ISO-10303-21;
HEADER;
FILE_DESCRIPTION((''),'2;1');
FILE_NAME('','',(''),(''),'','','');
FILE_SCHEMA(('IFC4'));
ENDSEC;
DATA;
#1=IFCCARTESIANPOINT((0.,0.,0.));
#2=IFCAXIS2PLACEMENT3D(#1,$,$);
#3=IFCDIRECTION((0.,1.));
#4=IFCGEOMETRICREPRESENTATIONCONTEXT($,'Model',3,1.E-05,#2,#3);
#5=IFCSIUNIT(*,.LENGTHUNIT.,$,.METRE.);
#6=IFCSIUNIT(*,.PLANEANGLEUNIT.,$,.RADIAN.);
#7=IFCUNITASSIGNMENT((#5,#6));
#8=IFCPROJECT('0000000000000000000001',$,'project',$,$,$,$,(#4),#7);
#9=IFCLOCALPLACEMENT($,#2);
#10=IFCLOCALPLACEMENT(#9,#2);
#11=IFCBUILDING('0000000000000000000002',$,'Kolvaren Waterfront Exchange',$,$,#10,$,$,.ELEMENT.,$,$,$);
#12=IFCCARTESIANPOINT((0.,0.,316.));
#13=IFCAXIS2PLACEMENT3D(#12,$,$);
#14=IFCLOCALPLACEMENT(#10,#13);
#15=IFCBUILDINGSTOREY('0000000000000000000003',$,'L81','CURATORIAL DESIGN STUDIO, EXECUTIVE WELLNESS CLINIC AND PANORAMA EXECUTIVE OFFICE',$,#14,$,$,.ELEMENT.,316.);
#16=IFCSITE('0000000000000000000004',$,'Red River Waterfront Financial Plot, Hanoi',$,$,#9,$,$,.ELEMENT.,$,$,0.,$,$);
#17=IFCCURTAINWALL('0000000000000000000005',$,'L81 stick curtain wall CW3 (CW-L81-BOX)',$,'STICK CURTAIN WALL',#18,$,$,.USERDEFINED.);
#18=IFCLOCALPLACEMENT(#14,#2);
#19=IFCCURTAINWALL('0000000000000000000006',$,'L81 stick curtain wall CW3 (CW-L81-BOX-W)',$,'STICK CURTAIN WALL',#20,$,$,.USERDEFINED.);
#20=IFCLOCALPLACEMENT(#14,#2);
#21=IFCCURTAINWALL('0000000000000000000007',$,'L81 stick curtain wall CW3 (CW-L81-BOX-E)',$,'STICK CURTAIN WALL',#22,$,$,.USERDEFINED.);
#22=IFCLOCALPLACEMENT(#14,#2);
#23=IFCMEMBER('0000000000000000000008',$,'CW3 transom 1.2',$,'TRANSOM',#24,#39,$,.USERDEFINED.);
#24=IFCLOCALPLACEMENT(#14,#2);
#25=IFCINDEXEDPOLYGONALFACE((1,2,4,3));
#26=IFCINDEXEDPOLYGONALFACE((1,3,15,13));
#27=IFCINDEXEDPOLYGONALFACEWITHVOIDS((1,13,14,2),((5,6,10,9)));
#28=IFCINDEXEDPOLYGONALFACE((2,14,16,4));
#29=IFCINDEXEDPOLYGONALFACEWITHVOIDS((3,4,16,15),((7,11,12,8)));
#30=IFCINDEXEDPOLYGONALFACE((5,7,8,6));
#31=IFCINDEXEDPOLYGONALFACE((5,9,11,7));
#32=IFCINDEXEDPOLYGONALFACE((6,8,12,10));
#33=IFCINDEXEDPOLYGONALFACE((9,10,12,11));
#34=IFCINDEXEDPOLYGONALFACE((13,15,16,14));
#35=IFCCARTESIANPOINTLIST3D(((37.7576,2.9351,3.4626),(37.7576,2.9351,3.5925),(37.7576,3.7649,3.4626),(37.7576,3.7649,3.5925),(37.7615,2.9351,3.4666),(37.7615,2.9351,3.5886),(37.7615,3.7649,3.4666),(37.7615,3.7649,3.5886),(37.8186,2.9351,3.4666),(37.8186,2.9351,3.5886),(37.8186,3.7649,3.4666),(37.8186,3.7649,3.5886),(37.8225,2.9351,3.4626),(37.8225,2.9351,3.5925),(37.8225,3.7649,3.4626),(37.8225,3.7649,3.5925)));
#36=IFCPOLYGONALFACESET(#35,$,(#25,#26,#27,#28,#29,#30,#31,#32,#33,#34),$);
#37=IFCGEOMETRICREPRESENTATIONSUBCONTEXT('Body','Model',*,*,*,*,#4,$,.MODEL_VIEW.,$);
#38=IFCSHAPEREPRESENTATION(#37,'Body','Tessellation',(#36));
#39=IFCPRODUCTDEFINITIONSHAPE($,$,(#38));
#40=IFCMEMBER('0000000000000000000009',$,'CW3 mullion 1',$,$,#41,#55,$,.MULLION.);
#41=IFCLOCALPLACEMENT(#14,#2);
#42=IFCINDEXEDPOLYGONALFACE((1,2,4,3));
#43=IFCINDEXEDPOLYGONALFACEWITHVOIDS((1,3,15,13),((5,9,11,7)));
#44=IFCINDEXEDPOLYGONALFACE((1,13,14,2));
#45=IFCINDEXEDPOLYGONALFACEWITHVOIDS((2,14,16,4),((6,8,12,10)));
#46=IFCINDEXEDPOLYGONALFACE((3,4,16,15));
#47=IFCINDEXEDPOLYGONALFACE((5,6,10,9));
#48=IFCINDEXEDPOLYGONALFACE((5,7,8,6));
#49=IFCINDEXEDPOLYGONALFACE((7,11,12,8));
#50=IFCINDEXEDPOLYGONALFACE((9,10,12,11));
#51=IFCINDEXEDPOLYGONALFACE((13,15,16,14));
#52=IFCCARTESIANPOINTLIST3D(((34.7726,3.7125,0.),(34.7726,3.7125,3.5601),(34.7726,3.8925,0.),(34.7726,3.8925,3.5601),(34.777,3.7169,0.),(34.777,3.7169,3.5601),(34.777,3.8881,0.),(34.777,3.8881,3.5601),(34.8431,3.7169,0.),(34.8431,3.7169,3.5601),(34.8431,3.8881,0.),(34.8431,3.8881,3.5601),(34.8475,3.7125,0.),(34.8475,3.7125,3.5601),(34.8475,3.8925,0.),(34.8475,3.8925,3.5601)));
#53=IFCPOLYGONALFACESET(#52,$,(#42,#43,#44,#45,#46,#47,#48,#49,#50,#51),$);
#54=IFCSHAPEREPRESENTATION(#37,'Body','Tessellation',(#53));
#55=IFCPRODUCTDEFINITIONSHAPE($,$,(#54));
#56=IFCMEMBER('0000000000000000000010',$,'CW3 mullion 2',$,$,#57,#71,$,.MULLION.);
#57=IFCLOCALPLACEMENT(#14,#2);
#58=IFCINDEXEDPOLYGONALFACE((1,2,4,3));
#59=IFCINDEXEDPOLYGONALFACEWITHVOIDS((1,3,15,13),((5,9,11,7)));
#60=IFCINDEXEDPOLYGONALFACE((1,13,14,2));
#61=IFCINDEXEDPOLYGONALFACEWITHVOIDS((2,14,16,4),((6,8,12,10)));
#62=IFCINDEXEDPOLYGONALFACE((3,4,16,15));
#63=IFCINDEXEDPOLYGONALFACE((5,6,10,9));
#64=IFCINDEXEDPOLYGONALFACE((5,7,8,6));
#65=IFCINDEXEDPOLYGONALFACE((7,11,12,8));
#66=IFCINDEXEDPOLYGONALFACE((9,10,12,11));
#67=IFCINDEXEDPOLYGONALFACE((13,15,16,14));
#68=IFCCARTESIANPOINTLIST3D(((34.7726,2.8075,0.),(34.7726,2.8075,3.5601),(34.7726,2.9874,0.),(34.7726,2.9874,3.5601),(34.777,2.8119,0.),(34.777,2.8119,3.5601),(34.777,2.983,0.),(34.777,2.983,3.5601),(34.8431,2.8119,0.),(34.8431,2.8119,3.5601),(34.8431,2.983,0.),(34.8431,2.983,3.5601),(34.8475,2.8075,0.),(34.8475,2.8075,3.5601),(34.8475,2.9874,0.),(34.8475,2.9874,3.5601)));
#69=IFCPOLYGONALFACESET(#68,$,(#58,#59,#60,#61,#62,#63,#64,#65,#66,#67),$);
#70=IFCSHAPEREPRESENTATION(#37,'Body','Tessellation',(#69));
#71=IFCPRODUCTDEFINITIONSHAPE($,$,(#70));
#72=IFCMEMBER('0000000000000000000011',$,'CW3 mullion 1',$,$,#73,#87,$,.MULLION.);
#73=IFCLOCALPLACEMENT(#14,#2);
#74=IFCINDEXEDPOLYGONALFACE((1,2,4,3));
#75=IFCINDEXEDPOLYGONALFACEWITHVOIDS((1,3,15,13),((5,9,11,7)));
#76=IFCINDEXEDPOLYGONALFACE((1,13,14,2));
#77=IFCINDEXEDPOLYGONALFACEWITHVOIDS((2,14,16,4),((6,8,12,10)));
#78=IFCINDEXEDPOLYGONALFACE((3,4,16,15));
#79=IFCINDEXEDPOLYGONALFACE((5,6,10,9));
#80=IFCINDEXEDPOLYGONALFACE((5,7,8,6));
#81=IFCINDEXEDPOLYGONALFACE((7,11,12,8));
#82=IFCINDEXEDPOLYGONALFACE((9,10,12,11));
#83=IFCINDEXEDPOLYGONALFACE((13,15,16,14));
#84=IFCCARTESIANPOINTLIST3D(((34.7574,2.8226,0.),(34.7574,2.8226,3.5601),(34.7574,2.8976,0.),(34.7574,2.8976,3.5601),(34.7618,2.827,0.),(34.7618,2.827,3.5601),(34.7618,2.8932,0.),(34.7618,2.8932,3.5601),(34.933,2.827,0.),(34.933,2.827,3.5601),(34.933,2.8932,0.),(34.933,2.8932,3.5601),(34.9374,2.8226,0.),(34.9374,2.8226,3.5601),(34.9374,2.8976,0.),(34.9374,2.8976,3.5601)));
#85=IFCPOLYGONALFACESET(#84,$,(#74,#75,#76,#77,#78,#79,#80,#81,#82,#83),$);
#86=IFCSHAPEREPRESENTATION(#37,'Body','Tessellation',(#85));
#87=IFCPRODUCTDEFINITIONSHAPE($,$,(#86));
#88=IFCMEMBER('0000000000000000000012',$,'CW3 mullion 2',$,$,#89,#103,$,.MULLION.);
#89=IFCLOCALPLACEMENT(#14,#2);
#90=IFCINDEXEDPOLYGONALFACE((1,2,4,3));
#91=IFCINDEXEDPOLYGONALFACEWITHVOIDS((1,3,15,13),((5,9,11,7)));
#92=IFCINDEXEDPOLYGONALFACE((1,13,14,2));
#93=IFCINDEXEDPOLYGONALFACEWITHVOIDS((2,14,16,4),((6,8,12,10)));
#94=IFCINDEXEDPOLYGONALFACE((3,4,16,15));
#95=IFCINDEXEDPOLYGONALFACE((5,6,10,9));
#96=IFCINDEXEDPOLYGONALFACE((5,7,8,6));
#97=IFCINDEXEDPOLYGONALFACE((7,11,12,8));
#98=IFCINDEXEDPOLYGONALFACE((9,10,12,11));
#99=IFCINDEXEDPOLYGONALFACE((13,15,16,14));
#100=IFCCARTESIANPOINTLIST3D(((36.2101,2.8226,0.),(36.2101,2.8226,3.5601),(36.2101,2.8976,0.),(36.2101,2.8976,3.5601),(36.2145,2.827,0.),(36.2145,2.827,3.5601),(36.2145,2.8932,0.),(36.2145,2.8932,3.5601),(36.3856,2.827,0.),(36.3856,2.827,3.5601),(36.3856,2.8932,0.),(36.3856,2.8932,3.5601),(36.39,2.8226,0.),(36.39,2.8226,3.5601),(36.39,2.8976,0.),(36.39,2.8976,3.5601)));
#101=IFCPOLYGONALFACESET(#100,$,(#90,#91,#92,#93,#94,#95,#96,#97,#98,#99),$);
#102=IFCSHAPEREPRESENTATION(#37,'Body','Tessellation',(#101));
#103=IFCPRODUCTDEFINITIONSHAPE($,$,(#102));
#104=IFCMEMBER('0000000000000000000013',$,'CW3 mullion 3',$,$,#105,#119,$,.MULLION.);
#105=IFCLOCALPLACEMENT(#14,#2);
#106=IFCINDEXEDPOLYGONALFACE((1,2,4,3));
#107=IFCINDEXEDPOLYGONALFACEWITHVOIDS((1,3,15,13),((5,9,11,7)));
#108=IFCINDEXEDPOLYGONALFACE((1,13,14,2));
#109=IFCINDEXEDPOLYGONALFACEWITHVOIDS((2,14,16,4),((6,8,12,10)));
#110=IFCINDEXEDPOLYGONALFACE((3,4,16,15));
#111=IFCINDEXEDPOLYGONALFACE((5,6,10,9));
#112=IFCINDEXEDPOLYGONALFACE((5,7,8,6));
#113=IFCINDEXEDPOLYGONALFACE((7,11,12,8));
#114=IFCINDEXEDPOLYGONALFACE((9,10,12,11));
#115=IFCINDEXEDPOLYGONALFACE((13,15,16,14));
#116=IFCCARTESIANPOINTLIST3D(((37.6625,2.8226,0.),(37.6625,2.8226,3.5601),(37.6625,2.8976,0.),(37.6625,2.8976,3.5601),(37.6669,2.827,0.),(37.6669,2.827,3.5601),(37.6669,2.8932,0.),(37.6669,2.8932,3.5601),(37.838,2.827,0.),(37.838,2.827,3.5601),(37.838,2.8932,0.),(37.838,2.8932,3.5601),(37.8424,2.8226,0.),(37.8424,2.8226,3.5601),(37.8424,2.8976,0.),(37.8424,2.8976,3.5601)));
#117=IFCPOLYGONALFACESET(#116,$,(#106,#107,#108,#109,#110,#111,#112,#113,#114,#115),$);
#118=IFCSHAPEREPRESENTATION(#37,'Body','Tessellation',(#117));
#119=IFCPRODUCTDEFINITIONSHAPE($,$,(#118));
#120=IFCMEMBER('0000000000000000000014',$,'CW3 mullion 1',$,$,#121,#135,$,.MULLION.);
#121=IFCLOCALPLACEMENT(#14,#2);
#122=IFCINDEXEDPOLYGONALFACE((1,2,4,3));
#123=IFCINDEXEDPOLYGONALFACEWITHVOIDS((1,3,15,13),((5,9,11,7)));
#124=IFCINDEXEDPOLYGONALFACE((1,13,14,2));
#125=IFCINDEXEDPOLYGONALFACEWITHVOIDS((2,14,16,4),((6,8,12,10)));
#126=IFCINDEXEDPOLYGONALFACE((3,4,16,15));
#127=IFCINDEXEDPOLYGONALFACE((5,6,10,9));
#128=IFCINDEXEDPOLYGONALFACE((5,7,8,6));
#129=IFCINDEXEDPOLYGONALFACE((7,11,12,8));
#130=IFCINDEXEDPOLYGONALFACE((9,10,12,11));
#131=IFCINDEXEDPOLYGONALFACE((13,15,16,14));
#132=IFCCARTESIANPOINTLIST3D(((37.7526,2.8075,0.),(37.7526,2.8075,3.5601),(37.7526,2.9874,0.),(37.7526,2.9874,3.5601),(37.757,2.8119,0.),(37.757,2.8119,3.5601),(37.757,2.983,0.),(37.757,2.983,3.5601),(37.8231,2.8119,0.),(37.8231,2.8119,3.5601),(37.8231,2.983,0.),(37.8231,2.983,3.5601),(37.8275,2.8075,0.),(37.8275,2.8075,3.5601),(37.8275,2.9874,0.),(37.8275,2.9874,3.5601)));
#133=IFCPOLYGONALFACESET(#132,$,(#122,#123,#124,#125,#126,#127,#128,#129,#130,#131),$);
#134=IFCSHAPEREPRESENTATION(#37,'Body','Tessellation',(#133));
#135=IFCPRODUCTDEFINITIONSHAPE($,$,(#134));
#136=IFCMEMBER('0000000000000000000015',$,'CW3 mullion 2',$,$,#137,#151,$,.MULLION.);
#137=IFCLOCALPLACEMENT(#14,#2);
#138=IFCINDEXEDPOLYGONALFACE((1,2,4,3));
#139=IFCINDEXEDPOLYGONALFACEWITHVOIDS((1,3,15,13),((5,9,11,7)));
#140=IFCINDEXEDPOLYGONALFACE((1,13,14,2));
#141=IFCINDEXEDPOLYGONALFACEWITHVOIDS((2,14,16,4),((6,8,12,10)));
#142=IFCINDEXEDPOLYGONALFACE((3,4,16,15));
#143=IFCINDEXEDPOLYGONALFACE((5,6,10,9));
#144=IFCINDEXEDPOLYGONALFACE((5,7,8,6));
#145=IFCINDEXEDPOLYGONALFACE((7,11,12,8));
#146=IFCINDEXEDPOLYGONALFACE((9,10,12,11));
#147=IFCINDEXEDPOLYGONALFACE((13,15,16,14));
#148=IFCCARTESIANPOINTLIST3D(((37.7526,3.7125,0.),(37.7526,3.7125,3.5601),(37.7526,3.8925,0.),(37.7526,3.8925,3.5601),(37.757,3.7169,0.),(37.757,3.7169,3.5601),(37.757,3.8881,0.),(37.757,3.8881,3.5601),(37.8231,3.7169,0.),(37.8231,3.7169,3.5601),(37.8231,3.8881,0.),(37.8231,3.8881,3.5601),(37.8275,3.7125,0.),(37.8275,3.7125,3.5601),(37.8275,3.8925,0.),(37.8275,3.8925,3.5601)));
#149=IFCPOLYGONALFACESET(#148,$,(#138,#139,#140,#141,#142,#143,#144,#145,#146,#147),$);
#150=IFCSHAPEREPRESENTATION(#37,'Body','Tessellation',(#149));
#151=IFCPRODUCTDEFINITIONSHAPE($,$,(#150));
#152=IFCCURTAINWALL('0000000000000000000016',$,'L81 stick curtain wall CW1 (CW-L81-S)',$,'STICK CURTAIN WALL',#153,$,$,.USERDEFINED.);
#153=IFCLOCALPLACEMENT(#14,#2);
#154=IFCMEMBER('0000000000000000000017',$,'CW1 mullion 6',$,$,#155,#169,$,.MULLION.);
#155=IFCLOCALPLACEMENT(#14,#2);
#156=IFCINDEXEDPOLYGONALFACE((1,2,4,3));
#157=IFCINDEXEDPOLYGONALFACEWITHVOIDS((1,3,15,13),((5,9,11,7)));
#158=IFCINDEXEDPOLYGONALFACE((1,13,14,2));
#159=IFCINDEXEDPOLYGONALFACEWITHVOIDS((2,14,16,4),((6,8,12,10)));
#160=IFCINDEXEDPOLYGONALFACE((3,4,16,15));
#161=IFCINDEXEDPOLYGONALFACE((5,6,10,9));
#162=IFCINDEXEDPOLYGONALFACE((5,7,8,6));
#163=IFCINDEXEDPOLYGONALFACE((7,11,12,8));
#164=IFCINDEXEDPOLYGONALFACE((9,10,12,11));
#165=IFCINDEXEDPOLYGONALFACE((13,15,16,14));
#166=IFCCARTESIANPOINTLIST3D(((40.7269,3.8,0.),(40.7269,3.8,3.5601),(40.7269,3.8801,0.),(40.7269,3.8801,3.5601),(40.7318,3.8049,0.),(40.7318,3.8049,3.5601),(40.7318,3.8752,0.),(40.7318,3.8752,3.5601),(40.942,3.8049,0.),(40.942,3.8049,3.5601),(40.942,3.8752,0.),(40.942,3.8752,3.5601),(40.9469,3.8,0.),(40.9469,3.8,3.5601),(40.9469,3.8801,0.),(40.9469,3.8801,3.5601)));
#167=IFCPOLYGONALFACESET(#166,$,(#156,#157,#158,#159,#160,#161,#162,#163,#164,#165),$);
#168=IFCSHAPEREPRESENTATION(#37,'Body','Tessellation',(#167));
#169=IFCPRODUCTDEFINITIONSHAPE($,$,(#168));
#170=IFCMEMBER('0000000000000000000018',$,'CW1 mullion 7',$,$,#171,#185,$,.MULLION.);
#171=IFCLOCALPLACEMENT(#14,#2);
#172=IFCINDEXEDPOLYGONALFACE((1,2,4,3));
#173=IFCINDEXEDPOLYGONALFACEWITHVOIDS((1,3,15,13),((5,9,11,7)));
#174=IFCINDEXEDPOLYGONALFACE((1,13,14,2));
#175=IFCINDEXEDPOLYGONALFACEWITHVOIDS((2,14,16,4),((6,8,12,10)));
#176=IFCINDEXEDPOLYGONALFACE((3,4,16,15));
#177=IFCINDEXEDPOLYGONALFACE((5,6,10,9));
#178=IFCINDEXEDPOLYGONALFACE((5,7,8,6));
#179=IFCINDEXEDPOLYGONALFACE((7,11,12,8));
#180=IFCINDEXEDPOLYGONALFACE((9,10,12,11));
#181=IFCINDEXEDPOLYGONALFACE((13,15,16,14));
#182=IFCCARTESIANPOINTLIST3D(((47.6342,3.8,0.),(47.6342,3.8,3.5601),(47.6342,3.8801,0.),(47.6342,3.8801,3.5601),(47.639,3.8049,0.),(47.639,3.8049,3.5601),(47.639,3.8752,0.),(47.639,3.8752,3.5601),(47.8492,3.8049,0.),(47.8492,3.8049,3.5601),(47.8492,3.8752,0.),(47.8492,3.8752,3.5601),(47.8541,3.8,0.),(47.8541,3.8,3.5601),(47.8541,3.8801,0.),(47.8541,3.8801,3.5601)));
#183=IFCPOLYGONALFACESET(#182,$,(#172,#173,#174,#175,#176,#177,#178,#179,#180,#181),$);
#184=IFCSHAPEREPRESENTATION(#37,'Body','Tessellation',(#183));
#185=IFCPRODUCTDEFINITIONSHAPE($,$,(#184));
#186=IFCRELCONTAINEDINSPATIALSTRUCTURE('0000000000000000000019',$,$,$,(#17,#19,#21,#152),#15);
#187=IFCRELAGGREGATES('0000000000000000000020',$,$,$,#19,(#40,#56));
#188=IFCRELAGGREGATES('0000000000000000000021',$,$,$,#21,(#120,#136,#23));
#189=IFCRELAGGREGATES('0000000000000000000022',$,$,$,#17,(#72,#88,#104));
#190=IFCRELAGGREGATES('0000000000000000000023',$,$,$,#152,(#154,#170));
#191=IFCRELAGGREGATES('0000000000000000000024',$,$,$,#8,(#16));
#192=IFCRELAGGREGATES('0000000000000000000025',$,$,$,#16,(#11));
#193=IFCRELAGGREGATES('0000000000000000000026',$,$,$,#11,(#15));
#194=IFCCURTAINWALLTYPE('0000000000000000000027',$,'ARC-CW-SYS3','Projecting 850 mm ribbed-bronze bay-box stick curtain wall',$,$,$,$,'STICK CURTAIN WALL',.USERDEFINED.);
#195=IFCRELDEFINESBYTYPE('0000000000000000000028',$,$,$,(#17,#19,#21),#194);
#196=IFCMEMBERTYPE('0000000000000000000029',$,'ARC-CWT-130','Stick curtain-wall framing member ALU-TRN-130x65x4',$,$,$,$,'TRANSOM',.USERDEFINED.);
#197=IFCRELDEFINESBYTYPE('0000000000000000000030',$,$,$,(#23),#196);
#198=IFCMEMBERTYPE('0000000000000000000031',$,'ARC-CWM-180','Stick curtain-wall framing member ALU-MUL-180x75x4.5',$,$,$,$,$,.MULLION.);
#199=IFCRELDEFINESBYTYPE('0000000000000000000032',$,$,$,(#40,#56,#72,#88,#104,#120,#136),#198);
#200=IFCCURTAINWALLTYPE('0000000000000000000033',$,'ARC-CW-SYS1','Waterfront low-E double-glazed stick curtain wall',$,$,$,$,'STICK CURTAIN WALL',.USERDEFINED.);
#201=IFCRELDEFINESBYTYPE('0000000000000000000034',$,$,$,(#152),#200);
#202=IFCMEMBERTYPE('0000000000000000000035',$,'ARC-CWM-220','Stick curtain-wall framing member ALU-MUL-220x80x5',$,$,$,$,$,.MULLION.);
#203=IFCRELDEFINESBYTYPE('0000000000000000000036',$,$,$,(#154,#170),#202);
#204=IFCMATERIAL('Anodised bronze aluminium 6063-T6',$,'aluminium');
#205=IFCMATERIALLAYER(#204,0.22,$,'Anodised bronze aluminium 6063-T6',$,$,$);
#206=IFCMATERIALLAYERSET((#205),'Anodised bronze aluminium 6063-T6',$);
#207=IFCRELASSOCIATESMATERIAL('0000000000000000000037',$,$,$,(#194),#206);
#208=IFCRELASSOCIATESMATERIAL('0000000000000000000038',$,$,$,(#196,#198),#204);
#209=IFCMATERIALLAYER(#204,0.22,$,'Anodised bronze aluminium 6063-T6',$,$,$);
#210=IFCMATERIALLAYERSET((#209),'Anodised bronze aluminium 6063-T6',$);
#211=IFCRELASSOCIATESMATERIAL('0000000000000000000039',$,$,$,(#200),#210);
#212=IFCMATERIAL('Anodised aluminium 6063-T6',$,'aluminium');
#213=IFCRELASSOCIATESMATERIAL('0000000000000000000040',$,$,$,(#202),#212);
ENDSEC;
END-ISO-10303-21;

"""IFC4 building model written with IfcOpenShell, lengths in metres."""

from ifc_helpers import new_model, si_unit, direction, frame, origin, origin_with_axes, origin_2d, place, context, subcontext, project, spatial, hollow_rectangle, extrude, source, transform, mapped, material, layer, layer_set, material_profile, profile_set, type_object, element, aggregate, save


model = new_model("IFC4")

# Units and contexts
model_context = context("Model", 3, precision=1e-05, world=origin(), true_north=direction((0.0, 1.0)))
body_context = subcontext(model_context, "Body", "Model", "MODEL_VIEW")
ifc_project = project(units=[si_unit("LENGTHUNIT", "METRE"), si_unit("PLANEANGLEUNIT", "RADIAN")], contexts=[model_context])

# Site, building, storey
site_placement = place(None, origin())
site = spatial("IfcSite", under=ifc_project, at=site_placement, Name="Red River Waterfront Financial Plot, Hanoi", CompositionType="ELEMENT", RefElevation=0.0)
building_placement = place(site_placement, origin())
building = spatial("IfcBuilding", under=site, at=building_placement, Name="Kolvaren Waterfront Exchange", CompositionType="ELEMENT")
storey_placement = place(building_placement, frame((0.0, 0.0, 316.0)))
storey = spatial("IfcBuildingStorey", under=building, at=storey_placement, Name="L81", Description="CURATORIAL DESIGN STUDIO, EXECUTIVE WELLNESS CLINIC AND PANORAMA EXECUTIVE OFFICE", CompositionType="ELEMENT", Elevation=316.0)

# Curtain walls, member
ifc_material_1 = material(Name="Anodised bronze aluminium 6063-T6", Category="aluminium")
ifc_layer_1 = layer(ifc_material_1, 0.22, Name="Anodised bronze aluminium 6063-T6")
ifc_layer_set_1 = layer_set([ifc_layer_1], Name="Anodised bronze aluminium 6063-T6")
curtain_wall_type_1 = type_object("IfcCurtainWallType", Name="ARC-CW-SYS3", Description="Projecting 850 mm ribbed-bronze bay-box stick curtain wall", ElementType="STICK CURTAIN WALL", PredefinedType="USERDEFINED", material=ifc_layer_set_1)
curtain_wall_1_placement = place(storey_placement, origin())
curtain_wall_1 = element("IfcCurtainWall", 1, at=curtain_wall_1_placement, inside=storey, type_object=curtain_wall_type_1, Name="L81 stick curtain wall CW3 (CW-L81-BOX)", ObjectType="STICK CURTAIN WALL", PredefinedType="USERDEFINED")
ifc_material_profile_1 = material_profile(ifc_material_1, hollow_rectangle(XDim=0.0649, YDim=0.1299, WallThickness=0.0039, at=origin_2d()), Name="ALU-TRN-130x65x4")
ifc_profile_set_1 = profile_set([ifc_material_profile_1], Name="Anodised bronze aluminium 6063-T6")
member_type_1 = type_object("IfcMemberType", Name="ARC-CWT-130", Description="Stick curtain-wall framing member ALU-TRN-130x65x4", ElementType="TRANSOM", PredefinedType="USERDEFINED", material=ifc_profile_set_1)
curtain_wall_2_placement = place(storey_placement, origin())
curtain_wall_2 = element("IfcCurtainWall", 2, at=curtain_wall_2_placement, inside=storey, type_object=curtain_wall_type_1, Name="L81 stick curtain wall CW3 (CW-L81-BOX-W)", ObjectType="STICK CURTAIN WALL", PredefinedType="USERDEFINED")
shared_shape_1 = source(origin_with_axes(), body_context, "Body", "SweptSolid", [
    extrude(hollow_rectangle(XDim=0.0649, YDim=0.1299, WallThickness=0.0039, at=origin_2d()), origin(), (0.0, 0.0, 1.0), 0.8298),
])
curtain_wall_3_placement = place(storey_placement, origin())
curtain_wall_3 = element("IfcCurtainWall", 3, at=curtain_wall_3_placement, inside=storey, type_object=curtain_wall_type_1, Name="L81 stick curtain wall CW3 (CW-L81-BOX-E)", ObjectType="STICK CURTAIN WALL", PredefinedType="USERDEFINED")
member_1_placement = place(storey_placement, frame((37.79, 2.9351, 3.5276), z_axis=(0.0, 1.0, 0.0), x_axis=(-1.0, 0.0, 0.0)))
member_1 = element("IfcMember", 4, at=member_1_placement, type_object=member_type_1, Name="CW3 transom 1.2", ObjectType="TRANSOM", PredefinedType="USERDEFINED", context=body_context, shape_type="MappedRepresentation", body=[
    mapped(shared_shape_1, transform((0.0, 0.0, 0.0), x_axis=(1.0, 0.0, 0.0), y_axis=(0.0, 1.0, 0.0), z_axis=(0.0, 0.0, 1.0), scale=1.0)),
])

# Members
ifc_material_profile_2 = material_profile(ifc_material_1, hollow_rectangle(XDim=0.075, YDim=0.1799, WallThickness=0.0044, at=origin_2d()), Name="ALU-MUL-180x75x4.5")
ifc_profile_set_2 = profile_set([ifc_material_profile_2], Name="Anodised bronze aluminium 6063-T6")
member_type_2 = type_object("IfcMemberType", Name="ARC-CWM-180", Description="Stick curtain-wall framing member ALU-MUL-180x75x4.5", PredefinedType="MULLION", material=ifc_profile_set_2)
shared_shape_2 = source(origin_with_axes(), body_context, "Body", "SweptSolid", [
    extrude(hollow_rectangle(XDim=0.075, YDim=0.1799, WallThickness=0.0044, at=origin_2d()), origin(), (0.0, 0.0, 1.0), 3.5601),
])
member_2_placement = place(storey_placement, frame((34.8101, 3.8025, 0.0), z_axis=(0.0, 0.0, 1.0), x_axis=(1.0, 0.0, 0.0)))
member_2 = element("IfcMember", 5, at=member_2_placement, type_object=member_type_2, Name="CW3 mullion 1", PredefinedType="MULLION", context=body_context, shape_type="MappedRepresentation", body=[
    mapped(shared_shape_2, transform((0.0, 0.0, 0.0), x_axis=(1.0, 0.0, 0.0), y_axis=(0.0, 1.0, 0.0), z_axis=(0.0, 0.0, 1.0), scale=1.0)),
])
member_3_placement = place(storey_placement, frame((34.8101, 2.8975, 0.0), z_axis=(0.0, 0.0, 1.0), x_axis=(1.0, 0.0, 0.0)))
member_3 = element("IfcMember", 6, at=member_3_placement, type_object=member_type_2, Name="CW3 mullion 2", PredefinedType="MULLION", context=body_context, shape_type="MappedRepresentation", body=[
    mapped(shared_shape_2, transform((0.0, 0.0, 0.0), x_axis=(1.0, 0.0, 0.0), y_axis=(0.0, 1.0, 0.0), z_axis=(0.0, 0.0, 1.0), scale=1.0)),
])
member_4_placement = place(storey_placement, frame((34.8474, 2.8601, 0.0), z_axis=(0.0, 0.0, 1.0), x_axis=(0.0, 1.0, 0.0)))
member_4 = element("IfcMember", 7, at=member_4_placement, type_object=member_type_2, Name="CW3 mullion 1", PredefinedType="MULLION", context=body_context, shape_type="MappedRepresentation", body=[
    mapped(shared_shape_2, transform((0.0, 0.0, 0.0), x_axis=(1.0, 0.0, 0.0), y_axis=(0.0, 1.0, 0.0), z_axis=(0.0, 0.0, 1.0), scale=1.0)),
])
member_5_placement = place(storey_placement, frame((36.3, 2.8601, 0.0), z_axis=(0.0, 0.0, 1.0), x_axis=(0.0, 1.0, 0.0)))
member_5 = element("IfcMember", 8, at=member_5_placement, type_object=member_type_2, Name="CW3 mullion 2", PredefinedType="MULLION", context=body_context, shape_type="MappedRepresentation", body=[
    mapped(shared_shape_2, transform((0.0, 0.0, 0.0), x_axis=(1.0, 0.0, 0.0), y_axis=(0.0, 1.0, 0.0), z_axis=(0.0, 0.0, 1.0), scale=1.0)),
])
member_6_placement = place(storey_placement, frame((37.7524, 2.8601, 0.0), z_axis=(0.0, 0.0, 1.0), x_axis=(0.0, 1.0, 0.0)))
member_6 = element("IfcMember", 9, at=member_6_placement, type_object=member_type_2, Name="CW3 mullion 3", PredefinedType="MULLION", context=body_context, shape_type="MappedRepresentation", body=[
    mapped(shared_shape_2, transform((0.0, 0.0, 0.0), x_axis=(1.0, 0.0, 0.0), y_axis=(0.0, 1.0, 0.0), z_axis=(0.0, 0.0, 1.0), scale=1.0)),
])
member_7_placement = place(storey_placement, frame((37.79, 2.8975, 0.0), z_axis=(0.0, 0.0, 1.0), x_axis=(-1.0, 0.0, 0.0)))
member_7 = element("IfcMember", 10, at=member_7_placement, type_object=member_type_2, Name="CW3 mullion 1", PredefinedType="MULLION", context=body_context, shape_type="MappedRepresentation", body=[
    mapped(shared_shape_2, transform((0.0, 0.0, 0.0), x_axis=(1.0, 0.0, 0.0), y_axis=(0.0, 1.0, 0.0), z_axis=(0.0, 0.0, 1.0), scale=1.0)),
])
member_8_placement = place(storey_placement, frame((37.79, 3.8025, 0.0), z_axis=(0.0, 0.0, 1.0), x_axis=(-1.0, 0.0, 0.0)))
member_8 = element("IfcMember", 11, at=member_8_placement, type_object=member_type_2, Name="CW3 mullion 2", PredefinedType="MULLION", context=body_context, shape_type="MappedRepresentation", body=[
    mapped(shared_shape_2, transform((0.0, 0.0, 0.0), x_axis=(1.0, 0.0, 0.0), y_axis=(0.0, 1.0, 0.0), z_axis=(0.0, 0.0, 1.0), scale=1.0)),
])

# Curtain wall, members
ifc_layer_2 = layer(ifc_material_1, 0.22, Name="Anodised bronze aluminium 6063-T6")
ifc_layer_set_2 = layer_set([ifc_layer_2], Name="Anodised bronze aluminium 6063-T6")
curtain_wall_type_2 = type_object("IfcCurtainWallType", Name="ARC-CW-SYS1", Description="Waterfront low-E double-glazed stick curtain wall", ElementType="STICK CURTAIN WALL", PredefinedType="USERDEFINED", material=ifc_layer_set_2)
curtain_wall_4_placement = place(storey_placement, origin())
curtain_wall_4 = element("IfcCurtainWall", 12, at=curtain_wall_4_placement, inside=storey, type_object=curtain_wall_type_2, Name="L81 stick curtain wall CW1 (CW-L81-S)", ObjectType="STICK CURTAIN WALL", PredefinedType="USERDEFINED")
ifc_material_2 = material(Name="Anodised aluminium 6063-T6", Category="aluminium")
ifc_material_profile_3 = material_profile(ifc_material_2, hollow_rectangle(XDim=0.0801, YDim=0.22, WallThickness=0.0049, at=origin_2d()), Name="ALU-MUL-220x80x5")
ifc_profile_set_3 = profile_set([ifc_material_profile_3], Name="Anodised aluminium 6063-T6")
member_type_3 = type_object("IfcMemberType", Name="ARC-CWM-220", Description="Stick curtain-wall framing member ALU-MUL-220x80x5", PredefinedType="MULLION", material=ifc_profile_set_3)
shared_shape_3 = source(origin_with_axes(), body_context, "Body", "SweptSolid", [
    extrude(hollow_rectangle(XDim=0.0801, YDim=0.22, WallThickness=0.0049, at=origin_2d()), origin(), (0.0, 0.0, 1.0), 3.5601),
])
member_9_placement = place(storey_placement, frame((40.8369, 3.8401, 0.0), z_axis=(0.0, 0.0, 1.0), x_axis=(0.0, 1.0, 0.0)))
member_9 = element("IfcMember", 13, at=member_9_placement, type_object=member_type_3, Name="CW1 mullion 6", PredefinedType="MULLION", context=body_context, shape_type="MappedRepresentation", body=[
    mapped(shared_shape_3, transform((0.0, 0.0, 0.0), x_axis=(1.0, 0.0, 0.0), y_axis=(0.0, 1.0, 0.0), z_axis=(0.0, 0.0, 1.0), scale=1.0)),
])
member_10_placement = place(storey_placement, frame((47.7441, 3.8401, 0.0), z_axis=(0.0, 0.0, 1.0), x_axis=(0.0, 1.0, 0.0)))
member_10 = element("IfcMember", 14, at=member_10_placement, type_object=member_type_3, Name="CW1 mullion 7", PredefinedType="MULLION", context=body_context, shape_type="MappedRepresentation", body=[
    mapped(shared_shape_3, transform((0.0, 0.0, 0.0), x_axis=(1.0, 0.0, 0.0), y_axis=(0.0, 1.0, 0.0), z_axis=(0.0, 0.0, 1.0), scale=1.0)),
])

aggregate(curtain_wall_2, [member_2, member_3])
aggregate(curtain_wall_3, [member_7, member_8, member_1])
aggregate(curtain_wall_1, [member_4, member_5, member_6])
aggregate(curtain_wall_4, [member_9, member_10])

save(model, "model.ifc")
